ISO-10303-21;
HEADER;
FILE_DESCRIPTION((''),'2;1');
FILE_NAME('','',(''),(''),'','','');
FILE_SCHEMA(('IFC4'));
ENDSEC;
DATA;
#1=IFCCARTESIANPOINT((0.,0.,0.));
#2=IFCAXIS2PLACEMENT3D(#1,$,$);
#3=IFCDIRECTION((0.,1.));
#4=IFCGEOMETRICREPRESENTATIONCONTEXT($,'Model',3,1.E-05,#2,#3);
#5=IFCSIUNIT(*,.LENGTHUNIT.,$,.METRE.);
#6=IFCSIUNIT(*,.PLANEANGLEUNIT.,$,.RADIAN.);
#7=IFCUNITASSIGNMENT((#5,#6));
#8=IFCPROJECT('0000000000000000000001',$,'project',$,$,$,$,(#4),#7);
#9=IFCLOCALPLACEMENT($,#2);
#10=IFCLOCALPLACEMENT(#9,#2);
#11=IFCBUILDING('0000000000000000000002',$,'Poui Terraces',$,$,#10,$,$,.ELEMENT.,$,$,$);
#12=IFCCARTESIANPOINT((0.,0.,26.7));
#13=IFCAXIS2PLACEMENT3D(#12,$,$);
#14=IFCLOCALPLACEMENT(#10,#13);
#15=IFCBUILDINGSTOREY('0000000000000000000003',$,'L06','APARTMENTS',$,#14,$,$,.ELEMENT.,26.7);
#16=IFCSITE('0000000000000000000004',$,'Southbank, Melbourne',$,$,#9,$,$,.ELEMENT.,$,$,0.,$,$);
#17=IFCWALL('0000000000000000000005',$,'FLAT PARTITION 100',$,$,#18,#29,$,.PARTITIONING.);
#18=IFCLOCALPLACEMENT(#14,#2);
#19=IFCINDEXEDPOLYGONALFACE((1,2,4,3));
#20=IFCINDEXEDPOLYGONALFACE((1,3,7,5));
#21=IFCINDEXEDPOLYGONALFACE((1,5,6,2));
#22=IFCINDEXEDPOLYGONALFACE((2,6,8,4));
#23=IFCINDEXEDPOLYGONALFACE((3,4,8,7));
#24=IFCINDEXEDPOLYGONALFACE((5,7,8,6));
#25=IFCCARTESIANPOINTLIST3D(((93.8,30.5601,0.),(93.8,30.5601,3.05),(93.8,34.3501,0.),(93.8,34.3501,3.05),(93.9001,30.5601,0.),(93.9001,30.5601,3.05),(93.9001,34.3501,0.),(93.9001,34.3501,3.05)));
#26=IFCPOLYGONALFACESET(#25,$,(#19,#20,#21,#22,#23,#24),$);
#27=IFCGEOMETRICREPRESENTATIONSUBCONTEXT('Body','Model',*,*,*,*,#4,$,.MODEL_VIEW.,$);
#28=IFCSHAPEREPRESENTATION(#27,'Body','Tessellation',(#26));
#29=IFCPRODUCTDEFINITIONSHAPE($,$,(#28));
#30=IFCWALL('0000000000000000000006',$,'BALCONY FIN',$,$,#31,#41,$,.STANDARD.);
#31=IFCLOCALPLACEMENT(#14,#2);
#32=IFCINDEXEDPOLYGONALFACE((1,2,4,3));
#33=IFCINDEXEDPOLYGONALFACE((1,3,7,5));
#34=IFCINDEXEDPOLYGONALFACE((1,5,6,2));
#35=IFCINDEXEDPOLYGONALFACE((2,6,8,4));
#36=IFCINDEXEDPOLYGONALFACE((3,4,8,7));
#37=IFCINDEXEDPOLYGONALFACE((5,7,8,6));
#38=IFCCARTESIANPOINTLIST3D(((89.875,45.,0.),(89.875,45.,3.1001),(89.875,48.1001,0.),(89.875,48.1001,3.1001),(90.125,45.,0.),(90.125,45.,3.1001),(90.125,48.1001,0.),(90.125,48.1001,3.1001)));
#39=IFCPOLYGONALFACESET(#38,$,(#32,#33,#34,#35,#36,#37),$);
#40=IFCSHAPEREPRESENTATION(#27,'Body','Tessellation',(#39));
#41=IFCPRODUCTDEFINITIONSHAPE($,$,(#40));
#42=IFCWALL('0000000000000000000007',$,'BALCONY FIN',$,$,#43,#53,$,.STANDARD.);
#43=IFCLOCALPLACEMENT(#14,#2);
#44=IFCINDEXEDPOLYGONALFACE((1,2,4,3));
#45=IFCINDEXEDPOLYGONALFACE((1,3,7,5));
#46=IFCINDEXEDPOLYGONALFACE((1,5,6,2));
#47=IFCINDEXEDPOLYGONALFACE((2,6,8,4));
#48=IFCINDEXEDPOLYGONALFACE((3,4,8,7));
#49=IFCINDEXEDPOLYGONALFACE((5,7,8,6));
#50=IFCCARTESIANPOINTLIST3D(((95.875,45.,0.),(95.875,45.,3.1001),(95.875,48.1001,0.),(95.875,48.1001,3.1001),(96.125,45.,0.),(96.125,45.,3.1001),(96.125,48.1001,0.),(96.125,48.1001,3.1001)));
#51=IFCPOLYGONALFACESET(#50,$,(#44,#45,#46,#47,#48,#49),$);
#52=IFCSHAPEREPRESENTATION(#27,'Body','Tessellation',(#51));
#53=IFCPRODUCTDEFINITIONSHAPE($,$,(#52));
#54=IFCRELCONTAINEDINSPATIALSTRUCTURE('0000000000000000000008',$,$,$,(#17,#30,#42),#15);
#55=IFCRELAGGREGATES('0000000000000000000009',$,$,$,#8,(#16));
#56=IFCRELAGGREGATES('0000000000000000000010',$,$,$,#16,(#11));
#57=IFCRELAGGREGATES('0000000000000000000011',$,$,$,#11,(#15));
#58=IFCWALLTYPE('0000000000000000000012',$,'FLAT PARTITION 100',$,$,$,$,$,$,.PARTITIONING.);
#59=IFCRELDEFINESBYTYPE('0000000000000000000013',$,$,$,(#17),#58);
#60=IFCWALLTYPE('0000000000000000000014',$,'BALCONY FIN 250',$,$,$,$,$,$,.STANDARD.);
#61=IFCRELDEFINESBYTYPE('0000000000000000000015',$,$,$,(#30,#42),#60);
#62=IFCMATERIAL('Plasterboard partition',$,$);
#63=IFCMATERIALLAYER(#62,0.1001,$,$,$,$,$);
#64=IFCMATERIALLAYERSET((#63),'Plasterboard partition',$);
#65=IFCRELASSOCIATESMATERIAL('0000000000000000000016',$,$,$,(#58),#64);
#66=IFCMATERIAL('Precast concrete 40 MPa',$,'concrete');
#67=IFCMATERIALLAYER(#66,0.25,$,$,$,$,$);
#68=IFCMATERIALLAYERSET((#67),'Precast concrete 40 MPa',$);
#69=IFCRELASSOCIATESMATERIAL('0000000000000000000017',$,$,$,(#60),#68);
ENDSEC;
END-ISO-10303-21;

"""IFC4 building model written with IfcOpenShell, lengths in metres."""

from ifc_helpers import new_model, si_unit, direction, frame, frame_2d, origin, place, context, subcontext, project, spatial, polyline, rectangle, outline, extrude, source, transform, mapped, material, layer, layer_set, type_object, element, save


model = new_model("IFC4")

# Units and contexts
model_context = context("Model", 3, precision=1e-05, world=origin(), true_north=direction((0.0, 1.0)))
body_context = subcontext(model_context, "Body", "Model", "MODEL_VIEW")
ifc_project = project(units=[si_unit("LENGTHUNIT", "METRE"), si_unit("PLANEANGLEUNIT", "RADIAN")], contexts=[model_context])

# Site, building, storey
site_placement = place(None, origin())
site = spatial("IfcSite", under=ifc_project, at=site_placement, Name="Southbank, Melbourne", CompositionType="ELEMENT", RefElevation=0.0)
building_placement = place(site_placement, origin())
building = spatial("IfcBuilding", under=site, at=building_placement, Name="Poui Terraces", CompositionType="ELEMENT")
storey_placement = place(building_placement, frame((0.0, 0.0, 26.7)))
storey = spatial("IfcBuildingStorey", under=building, at=storey_placement, Name="L06", Description="APARTMENTS", CompositionType="ELEMENT", Elevation=26.7)

# Shared definitions
ifc_material_1 = material(Name="Plasterboard partition")
ifc_layer_1 = layer(ifc_material_1, 0.1001)
ifc_layer_set_1 = layer_set([ifc_layer_1], Name="Plasterboard partition")
wall_type_1 = type_object("IfcWallType", Name="FLAT PARTITION 100", PredefinedType="PARTITIONING", material=ifc_layer_set_1)

# Walls
wall_1_placement = place(storey_placement, frame((93.8501, 30.5601, 0.0), z_axis=(0.0, 0.0, 1.0), x_axis=(0.0, 1.0, 0.0)))
element("IfcWall", 1, at=wall_1_placement, inside=storey, type_object=wall_type_1, Name="FLAT PARTITION 100", PredefinedType="PARTITIONING", context=body_context, shape_type="SweptSolid", body=[
    extrude(rectangle(XDim=3.79, YDim=0.1001, at=frame_2d((1.895, 0.0))), origin(), (0.0, 0.0, 1.0), 3.05),
])
ifc_material_2 = material(Name="Precast concrete 40 MPa", Category="concrete")
ifc_layer_2 = layer(ifc_material_2, 0.25)
ifc_layer_set_2 = layer_set([ifc_layer_2], Name="Precast concrete 40 MPa")
wall_type_2 = type_object("IfcWallType", Name="BALCONY FIN 250", PredefinedType="STANDARD", material=ifc_layer_set_2)
shared_shape_1 = source(origin(), body_context, "Body", "SweptSolid", [
    extrude(outline(polyline([(0.0, 0.0), (0.25, 0.0), (0.25, 3.1001), (0.0, 3.1001), (0.0, 0.0)])), origin(), (0.0, 0.0, 1.0), 3.1001),
])
for number, where, name in (
    (2, (89.875, 45.0, 0.0), "BALCONY FIN"),
    (3, (95.875, 45.0, 0.0), "BALCONY FIN"),
):
    element("IfcWall", number, at=place(storey_placement, frame(where)), inside=storey, type_object=wall_type_2, Name=name, PredefinedType="STANDARD", context=body_context, shape_type="MappedRepresentation", body=[
        mapped(shared_shape_1, transform((0.0, 0.0, 0.0))),
    ])

save(model, "model.ifc")
